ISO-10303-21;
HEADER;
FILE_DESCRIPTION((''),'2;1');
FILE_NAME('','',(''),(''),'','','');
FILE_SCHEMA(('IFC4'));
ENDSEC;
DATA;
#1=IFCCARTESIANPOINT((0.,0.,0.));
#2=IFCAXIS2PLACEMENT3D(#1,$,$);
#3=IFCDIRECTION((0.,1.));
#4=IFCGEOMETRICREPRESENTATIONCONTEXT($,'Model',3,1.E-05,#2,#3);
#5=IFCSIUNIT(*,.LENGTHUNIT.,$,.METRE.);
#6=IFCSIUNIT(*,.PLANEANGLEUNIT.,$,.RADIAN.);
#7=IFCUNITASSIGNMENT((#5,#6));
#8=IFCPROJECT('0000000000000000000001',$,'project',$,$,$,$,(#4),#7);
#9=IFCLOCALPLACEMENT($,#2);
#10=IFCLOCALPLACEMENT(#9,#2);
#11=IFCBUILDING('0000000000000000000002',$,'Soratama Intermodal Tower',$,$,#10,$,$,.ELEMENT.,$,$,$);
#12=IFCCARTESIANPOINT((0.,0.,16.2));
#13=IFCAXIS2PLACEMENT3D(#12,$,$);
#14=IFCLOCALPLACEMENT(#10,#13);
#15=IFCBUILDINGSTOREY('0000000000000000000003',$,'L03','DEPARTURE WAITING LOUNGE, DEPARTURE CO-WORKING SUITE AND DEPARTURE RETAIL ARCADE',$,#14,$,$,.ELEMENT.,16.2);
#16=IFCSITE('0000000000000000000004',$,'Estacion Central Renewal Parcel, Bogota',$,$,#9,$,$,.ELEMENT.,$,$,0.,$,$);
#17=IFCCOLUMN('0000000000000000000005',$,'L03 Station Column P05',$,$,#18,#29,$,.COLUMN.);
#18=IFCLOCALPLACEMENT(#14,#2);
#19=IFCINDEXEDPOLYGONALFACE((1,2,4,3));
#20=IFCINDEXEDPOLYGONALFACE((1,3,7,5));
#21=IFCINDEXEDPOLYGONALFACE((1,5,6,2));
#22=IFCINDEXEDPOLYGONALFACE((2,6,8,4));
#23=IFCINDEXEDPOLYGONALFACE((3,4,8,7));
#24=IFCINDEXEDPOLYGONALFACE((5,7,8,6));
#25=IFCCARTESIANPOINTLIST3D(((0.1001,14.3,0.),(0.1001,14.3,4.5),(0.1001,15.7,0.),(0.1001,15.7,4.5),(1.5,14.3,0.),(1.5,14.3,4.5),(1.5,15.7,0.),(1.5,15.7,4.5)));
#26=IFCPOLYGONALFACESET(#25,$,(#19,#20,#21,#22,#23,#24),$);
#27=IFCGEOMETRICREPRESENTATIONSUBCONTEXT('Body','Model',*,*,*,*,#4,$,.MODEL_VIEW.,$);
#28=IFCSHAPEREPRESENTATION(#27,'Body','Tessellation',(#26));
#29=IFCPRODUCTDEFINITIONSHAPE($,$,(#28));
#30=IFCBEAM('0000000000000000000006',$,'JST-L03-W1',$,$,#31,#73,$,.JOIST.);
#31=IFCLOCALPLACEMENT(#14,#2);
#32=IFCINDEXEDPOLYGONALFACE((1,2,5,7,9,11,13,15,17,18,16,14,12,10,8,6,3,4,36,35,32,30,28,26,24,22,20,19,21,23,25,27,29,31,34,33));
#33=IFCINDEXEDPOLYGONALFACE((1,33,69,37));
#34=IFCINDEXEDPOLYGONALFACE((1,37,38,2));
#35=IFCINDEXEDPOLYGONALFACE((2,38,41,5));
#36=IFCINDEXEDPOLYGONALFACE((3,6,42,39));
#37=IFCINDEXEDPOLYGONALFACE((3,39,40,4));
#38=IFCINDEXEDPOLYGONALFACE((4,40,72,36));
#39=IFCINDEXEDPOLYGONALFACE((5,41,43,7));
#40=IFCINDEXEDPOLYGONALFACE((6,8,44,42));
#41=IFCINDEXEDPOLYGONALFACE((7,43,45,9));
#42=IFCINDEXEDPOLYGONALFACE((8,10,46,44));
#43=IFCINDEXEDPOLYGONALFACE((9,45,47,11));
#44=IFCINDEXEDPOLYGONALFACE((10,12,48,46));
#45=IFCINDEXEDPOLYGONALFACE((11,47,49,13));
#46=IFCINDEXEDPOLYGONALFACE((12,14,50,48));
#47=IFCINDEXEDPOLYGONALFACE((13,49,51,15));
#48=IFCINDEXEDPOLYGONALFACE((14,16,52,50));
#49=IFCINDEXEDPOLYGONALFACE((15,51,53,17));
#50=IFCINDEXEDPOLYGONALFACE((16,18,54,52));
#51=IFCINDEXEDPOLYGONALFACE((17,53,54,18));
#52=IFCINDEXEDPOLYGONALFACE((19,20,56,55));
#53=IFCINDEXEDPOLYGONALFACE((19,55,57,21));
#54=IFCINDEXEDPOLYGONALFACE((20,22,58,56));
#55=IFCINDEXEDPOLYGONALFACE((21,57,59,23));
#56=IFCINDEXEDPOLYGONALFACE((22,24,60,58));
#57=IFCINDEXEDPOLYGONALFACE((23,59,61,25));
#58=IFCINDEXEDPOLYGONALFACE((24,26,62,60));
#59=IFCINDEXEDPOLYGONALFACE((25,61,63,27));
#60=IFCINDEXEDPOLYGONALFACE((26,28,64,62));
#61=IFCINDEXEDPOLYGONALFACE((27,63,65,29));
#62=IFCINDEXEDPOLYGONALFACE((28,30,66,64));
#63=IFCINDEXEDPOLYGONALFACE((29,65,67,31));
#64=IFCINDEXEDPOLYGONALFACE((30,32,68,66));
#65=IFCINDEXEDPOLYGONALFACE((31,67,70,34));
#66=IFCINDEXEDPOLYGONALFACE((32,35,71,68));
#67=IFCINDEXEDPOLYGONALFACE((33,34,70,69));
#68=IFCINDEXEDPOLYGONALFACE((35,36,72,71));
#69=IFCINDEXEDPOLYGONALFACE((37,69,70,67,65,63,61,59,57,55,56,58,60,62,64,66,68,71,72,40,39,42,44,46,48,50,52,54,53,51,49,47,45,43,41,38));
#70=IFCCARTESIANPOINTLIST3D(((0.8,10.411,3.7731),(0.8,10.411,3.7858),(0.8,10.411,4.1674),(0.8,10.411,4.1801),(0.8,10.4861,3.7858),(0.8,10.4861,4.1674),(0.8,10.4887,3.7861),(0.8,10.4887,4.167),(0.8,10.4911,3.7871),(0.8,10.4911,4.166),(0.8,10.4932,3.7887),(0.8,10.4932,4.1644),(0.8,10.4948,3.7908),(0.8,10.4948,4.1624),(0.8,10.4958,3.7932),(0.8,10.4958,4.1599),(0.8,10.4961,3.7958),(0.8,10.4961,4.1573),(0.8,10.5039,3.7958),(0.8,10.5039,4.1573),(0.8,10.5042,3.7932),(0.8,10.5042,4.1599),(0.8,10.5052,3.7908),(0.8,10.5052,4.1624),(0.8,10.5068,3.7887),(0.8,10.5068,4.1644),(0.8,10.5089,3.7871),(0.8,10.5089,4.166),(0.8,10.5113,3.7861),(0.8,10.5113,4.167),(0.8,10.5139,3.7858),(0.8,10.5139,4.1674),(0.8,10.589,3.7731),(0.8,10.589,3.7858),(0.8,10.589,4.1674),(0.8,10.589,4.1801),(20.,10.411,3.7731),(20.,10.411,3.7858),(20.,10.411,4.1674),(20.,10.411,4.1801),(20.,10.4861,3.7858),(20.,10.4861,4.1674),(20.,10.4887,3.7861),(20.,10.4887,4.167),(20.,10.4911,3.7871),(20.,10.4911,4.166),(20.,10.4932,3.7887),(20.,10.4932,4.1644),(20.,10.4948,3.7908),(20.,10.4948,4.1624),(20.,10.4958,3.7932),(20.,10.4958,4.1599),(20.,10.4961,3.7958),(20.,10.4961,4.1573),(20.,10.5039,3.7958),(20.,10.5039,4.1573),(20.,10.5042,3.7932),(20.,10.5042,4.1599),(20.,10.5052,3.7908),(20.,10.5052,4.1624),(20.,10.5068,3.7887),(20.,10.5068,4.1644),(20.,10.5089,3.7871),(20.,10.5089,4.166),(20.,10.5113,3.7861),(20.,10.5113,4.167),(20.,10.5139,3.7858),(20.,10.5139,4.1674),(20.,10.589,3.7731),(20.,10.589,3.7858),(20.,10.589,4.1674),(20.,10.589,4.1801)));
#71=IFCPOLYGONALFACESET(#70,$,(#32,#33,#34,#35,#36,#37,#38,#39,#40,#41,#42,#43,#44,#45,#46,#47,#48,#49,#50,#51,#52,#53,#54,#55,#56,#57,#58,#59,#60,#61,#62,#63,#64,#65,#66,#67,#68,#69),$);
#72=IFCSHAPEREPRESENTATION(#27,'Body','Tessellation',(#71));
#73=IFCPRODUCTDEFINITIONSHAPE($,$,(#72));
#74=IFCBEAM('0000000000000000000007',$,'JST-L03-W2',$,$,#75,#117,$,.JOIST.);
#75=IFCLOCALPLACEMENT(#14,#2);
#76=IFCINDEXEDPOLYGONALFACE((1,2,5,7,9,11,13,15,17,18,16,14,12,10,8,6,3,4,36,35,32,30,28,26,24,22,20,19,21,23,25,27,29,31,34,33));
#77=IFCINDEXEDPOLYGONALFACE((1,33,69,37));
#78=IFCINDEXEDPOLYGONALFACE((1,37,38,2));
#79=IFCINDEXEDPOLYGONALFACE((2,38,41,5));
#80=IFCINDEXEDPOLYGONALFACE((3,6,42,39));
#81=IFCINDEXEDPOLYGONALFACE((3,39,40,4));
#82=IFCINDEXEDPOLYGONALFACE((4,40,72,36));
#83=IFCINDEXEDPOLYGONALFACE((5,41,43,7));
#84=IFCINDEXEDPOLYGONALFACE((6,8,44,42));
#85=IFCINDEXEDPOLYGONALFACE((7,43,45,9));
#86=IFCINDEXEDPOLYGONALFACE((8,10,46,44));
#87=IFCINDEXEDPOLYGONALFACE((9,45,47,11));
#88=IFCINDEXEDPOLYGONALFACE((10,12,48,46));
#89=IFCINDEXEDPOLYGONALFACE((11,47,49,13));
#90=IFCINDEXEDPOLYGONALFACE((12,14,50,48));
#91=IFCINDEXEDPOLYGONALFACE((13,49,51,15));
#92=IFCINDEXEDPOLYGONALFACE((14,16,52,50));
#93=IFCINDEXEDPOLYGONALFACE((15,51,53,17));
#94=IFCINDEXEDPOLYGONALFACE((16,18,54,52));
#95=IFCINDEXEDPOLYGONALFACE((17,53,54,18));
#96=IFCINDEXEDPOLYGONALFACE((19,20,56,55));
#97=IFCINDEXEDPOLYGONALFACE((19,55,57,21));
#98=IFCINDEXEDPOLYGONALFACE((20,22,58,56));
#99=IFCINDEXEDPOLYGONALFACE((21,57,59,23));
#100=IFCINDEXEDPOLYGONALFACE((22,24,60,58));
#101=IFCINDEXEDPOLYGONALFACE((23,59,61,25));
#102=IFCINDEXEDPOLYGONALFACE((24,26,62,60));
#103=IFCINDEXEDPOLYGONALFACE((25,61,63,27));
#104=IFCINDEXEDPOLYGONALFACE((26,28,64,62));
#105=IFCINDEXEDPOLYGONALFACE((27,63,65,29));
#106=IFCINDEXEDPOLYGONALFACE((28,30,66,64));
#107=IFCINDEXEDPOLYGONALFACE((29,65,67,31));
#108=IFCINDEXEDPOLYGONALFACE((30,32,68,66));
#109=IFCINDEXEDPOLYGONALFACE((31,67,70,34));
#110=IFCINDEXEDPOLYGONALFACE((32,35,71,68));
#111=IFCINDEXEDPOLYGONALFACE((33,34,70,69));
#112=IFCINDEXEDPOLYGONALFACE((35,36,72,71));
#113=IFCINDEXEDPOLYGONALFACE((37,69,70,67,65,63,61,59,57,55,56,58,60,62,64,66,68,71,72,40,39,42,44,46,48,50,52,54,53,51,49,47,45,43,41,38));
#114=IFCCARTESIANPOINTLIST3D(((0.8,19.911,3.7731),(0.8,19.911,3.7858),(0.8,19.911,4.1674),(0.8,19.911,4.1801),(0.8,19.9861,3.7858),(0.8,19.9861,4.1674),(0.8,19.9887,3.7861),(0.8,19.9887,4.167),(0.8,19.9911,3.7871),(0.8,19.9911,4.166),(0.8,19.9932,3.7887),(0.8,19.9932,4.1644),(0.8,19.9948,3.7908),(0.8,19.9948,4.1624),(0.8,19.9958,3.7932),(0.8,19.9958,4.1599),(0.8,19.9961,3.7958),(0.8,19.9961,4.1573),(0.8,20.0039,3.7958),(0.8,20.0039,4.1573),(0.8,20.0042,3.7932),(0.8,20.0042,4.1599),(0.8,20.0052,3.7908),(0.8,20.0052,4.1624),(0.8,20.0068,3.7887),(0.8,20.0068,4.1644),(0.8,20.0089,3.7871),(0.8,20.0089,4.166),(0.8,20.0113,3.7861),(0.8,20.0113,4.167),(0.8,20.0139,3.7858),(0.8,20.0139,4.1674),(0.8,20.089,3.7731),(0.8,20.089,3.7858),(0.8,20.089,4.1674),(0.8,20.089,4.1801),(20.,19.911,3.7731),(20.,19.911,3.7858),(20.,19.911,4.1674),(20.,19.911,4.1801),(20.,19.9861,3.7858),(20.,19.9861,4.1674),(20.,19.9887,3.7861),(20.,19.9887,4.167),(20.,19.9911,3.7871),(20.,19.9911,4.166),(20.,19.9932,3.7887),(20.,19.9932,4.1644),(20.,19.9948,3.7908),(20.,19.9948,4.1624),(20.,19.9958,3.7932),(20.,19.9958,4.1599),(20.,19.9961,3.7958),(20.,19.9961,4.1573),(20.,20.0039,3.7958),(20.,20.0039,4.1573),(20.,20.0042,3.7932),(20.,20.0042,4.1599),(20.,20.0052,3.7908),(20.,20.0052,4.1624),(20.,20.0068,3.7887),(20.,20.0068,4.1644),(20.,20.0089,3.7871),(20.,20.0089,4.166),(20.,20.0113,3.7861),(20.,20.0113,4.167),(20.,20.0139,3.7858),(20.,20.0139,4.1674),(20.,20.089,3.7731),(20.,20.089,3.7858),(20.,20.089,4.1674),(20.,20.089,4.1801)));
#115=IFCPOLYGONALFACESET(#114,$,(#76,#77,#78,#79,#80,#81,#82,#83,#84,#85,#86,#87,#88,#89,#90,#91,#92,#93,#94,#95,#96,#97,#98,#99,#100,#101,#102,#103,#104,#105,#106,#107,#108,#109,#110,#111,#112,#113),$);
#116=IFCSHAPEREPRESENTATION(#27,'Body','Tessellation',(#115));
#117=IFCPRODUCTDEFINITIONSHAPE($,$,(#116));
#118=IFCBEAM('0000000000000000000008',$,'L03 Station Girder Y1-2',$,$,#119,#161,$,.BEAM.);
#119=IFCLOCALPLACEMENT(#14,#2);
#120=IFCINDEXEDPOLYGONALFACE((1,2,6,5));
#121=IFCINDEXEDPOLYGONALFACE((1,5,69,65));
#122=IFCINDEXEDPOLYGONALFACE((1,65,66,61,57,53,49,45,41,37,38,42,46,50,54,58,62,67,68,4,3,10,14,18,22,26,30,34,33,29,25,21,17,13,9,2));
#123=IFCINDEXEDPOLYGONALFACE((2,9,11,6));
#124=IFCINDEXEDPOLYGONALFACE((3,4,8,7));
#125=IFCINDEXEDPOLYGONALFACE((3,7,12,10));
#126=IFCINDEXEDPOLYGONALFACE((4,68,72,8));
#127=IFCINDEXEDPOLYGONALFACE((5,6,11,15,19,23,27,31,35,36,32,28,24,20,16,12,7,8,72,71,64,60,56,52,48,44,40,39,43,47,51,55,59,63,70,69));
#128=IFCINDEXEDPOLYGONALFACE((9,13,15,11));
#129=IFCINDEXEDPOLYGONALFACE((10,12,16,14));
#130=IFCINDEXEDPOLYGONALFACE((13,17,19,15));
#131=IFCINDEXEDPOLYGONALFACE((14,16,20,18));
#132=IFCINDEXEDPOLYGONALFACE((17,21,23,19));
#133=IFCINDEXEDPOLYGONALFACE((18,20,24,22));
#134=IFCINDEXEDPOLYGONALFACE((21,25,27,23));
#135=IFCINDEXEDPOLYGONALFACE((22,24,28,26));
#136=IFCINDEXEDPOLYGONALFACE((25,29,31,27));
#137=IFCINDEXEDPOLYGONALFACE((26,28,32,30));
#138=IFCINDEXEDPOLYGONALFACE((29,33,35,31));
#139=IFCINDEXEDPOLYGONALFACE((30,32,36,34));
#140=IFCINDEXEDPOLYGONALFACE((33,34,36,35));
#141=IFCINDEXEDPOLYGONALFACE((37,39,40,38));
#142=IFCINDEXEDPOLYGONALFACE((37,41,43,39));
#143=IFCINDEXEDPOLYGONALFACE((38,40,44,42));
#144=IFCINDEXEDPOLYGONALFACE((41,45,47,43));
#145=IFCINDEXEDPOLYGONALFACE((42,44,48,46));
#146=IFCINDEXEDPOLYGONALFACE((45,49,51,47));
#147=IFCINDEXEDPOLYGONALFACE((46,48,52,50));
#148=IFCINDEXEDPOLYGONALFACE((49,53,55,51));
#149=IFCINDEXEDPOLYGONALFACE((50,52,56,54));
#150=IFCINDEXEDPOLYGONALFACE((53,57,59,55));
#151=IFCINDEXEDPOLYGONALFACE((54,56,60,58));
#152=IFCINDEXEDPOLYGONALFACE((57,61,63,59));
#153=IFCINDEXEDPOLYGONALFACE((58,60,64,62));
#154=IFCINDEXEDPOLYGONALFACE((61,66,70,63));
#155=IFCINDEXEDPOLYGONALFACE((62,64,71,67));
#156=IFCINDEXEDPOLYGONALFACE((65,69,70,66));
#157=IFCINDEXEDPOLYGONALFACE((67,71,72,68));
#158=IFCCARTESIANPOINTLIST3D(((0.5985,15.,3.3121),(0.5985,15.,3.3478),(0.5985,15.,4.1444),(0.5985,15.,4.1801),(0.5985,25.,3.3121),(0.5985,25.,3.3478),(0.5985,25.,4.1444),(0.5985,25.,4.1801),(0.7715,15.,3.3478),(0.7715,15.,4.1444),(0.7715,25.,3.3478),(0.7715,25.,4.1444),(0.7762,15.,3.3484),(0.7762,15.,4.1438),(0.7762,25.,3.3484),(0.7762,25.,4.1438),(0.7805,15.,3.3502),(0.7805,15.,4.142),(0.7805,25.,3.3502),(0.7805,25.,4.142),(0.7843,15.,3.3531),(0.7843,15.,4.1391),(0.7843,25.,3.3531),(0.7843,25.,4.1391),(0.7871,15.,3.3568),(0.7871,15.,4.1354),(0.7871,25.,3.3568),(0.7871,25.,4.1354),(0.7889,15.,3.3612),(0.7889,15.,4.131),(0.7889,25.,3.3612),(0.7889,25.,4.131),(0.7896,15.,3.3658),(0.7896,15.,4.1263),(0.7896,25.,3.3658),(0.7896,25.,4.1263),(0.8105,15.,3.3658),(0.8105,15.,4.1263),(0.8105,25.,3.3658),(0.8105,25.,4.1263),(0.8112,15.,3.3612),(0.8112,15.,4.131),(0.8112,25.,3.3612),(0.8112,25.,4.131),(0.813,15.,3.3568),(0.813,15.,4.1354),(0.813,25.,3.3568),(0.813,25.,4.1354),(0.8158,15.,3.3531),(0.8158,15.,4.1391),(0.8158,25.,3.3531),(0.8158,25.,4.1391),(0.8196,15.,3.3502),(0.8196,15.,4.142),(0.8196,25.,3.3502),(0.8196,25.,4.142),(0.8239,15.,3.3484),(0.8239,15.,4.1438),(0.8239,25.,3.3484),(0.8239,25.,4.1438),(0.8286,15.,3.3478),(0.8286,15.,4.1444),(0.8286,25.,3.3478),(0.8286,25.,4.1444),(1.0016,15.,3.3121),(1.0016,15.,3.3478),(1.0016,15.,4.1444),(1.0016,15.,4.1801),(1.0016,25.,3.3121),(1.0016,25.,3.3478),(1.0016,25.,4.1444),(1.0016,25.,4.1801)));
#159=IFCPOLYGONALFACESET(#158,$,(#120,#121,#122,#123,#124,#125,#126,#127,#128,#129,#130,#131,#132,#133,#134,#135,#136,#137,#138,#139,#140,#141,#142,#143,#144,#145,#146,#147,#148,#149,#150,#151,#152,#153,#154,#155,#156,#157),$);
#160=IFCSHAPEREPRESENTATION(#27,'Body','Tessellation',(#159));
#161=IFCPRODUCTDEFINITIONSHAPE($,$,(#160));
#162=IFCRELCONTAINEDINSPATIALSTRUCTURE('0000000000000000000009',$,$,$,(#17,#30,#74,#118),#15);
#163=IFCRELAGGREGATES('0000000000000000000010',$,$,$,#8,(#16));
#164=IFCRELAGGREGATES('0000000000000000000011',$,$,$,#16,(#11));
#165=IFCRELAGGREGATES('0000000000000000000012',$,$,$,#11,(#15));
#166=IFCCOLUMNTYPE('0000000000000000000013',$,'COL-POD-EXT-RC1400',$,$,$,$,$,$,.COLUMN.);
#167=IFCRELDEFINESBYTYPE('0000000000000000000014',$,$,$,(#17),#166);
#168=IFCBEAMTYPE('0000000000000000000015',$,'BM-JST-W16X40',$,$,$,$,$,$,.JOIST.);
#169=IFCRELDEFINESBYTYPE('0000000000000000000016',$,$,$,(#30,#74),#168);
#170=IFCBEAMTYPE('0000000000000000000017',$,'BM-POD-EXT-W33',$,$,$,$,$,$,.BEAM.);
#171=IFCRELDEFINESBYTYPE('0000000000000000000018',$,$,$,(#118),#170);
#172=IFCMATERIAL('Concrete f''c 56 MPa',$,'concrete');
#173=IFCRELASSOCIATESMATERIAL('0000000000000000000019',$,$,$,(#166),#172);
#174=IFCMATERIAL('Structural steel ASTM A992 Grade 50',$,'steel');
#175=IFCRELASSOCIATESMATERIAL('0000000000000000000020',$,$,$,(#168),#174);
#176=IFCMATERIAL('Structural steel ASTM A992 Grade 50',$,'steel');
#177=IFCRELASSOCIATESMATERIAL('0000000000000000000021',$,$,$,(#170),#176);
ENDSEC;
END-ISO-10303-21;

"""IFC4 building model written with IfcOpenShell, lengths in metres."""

from ifc_helpers import new_model, si_unit, direction, frame, origin, origin_2d, place, context, subcontext, project, spatial, rectangle, i_section, extrude, material, material_profile, profile_set, type_object, element, save


model = new_model("IFC4")

# Units and contexts
model_context = context("Model", 3, precision=1e-05, world=origin(), true_north=direction((0.0, 1.0)))
body_context = subcontext(model_context, "Body", "Model", "MODEL_VIEW")
ifc_project = project(units=[si_unit("LENGTHUNIT", "METRE"), si_unit("PLANEANGLEUNIT", "RADIAN")], contexts=[model_context])

# Site, building, storey
site_placement = place(None, origin())
site = spatial("IfcSite", under=ifc_project, at=site_placement, Name="Estacion Central Renewal Parcel, Bogota", CompositionType="ELEMENT", RefElevation=0.0)
building_placement = place(site_placement, origin())
building = spatial("IfcBuilding", under=site, at=building_placement, Name="Soratama Intermodal Tower", CompositionType="ELEMENT")
storey_placement = place(building_placement, frame((0.0, 0.0, 16.2)))
storey = spatial("IfcBuildingStorey", under=building, at=storey_placement, Name="L03", Description="DEPARTURE WAITING LOUNGE, DEPARTURE CO-WORKING SUITE AND DEPARTURE RETAIL ARCADE", CompositionType="ELEMENT", Elevation=16.2)

# Column
ifc_material_1 = material(Name="Concrete f'c 56 MPa", Category="concrete")
ifc_material_profile_1 = material_profile(ifc_material_1, rectangle(XDim=1.3999, YDim=1.3999, at=origin_2d()), Name="RC1400X1400")
ifc_profile_set_1 = profile_set([ifc_material_profile_1], Name="Concrete f'c 56 MPa")
column_type = type_object("IfcColumnType", Name="COL-POD-EXT-RC1400", PredefinedType="COLUMN", material=ifc_profile_set_1)
column_placement = place(storey_placement, frame((0.8, 15.0, 0.0), z_axis=(0.0, 0.0, 1.0), x_axis=(1.0, 0.0, 0.0)))
element("IfcColumn", 1, at=column_placement, inside=storey, type_object=column_type, Name="L03 Station Column P05", PredefinedType="COLUMN", context=body_context, shape_type="SweptSolid", body=[
    extrude(rectangle(XDim=1.3999, YDim=1.3999, at=origin_2d()), origin(), (0.0, 0.0, 1.0), 4.5),
])

# Beams
ifc_material_2 = material(Name="Structural steel ASTM A992 Grade 50", Category="steel")
ifc_material_profile_2 = material_profile(ifc_material_2, i_section(OverallWidth=0.178, OverallDepth=0.407, WebThickness=0.0078, FlangeThickness=0.0127, FilletRadius=0.01, at=origin_2d()), Name="W16X40")
ifc_profile_set_2 = profile_set([ifc_material_profile_2], Name="Structural steel ASTM A992 Grade 50")
beam_type_1 = type_object("IfcBeamType", Name="BM-JST-W16X40", PredefinedType="JOIST", material=ifc_profile_set_2)
for number, where, z_axis, x_axis, name in (
    (2, (0.8, 10.5, 3.9766), (1.0, 0.0, 0.0), (0.0, 1.0, 0.0), "JST-L03-W1"),
    (3, (0.8, 20.0, 3.9766), (1.0, 0.0, 0.0), (0.0, 1.0, 0.0), "JST-L03-W2"),
):
    element("IfcBeam", number, at=place(storey_placement, frame(where, z_axis=z_axis, x_axis=x_axis)), inside=storey, type_object=beam_type_1, Name=name, PredefinedType="JOIST", context=body_context, shape_type="SweptSolid", body=[
        extrude(i_section(OverallWidth=0.178, OverallDepth=0.407, WebThickness=0.0078, FlangeThickness=0.0127, FilletRadius=0.01, at=origin_2d()), origin(), (0.0, 0.0, 1.0), 19.2),
    ])
ifc_material_3 = material(Name="Structural steel ASTM A992 Grade 50", Category="steel")
ifc_material_profile_3 = material_profile(ifc_material_3, i_section(OverallWidth=0.4031, OverallDepth=0.8679, WebThickness=0.021, FlangeThickness=0.0356, FilletRadius=0.0181, at=origin_2d()), Name="W33X241")
ifc_profile_set_3 = profile_set([ifc_material_profile_3], Name="Structural steel ASTM A992 Grade 50")
beam_type_2 = type_object("IfcBeamType", Name="BM-POD-EXT-W33", PredefinedType="BEAM", material=ifc_profile_set_3)
beam_1_placement = place(storey_placement, frame((0.8, 15.0, 3.7461), z_axis=(0.0, 1.0, 0.0), x_axis=(-1.0, 0.0, 0.0)))
element("IfcBeam", 4, at=beam_1_placement, inside=storey, type_object=beam_type_2, Name="L03 Station Girder Y1-2", PredefinedType="BEAM", context=body_context, shape_type="SweptSolid", body=[
    extrude(i_section(OverallWidth=0.4031, OverallDepth=0.8679, WebThickness=0.021, FlangeThickness=0.0356, FilletRadius=0.0181, at=origin_2d()), origin(), (0.0, 0.0, 1.0), 10.0),
])

save(model, "model.ifc")
